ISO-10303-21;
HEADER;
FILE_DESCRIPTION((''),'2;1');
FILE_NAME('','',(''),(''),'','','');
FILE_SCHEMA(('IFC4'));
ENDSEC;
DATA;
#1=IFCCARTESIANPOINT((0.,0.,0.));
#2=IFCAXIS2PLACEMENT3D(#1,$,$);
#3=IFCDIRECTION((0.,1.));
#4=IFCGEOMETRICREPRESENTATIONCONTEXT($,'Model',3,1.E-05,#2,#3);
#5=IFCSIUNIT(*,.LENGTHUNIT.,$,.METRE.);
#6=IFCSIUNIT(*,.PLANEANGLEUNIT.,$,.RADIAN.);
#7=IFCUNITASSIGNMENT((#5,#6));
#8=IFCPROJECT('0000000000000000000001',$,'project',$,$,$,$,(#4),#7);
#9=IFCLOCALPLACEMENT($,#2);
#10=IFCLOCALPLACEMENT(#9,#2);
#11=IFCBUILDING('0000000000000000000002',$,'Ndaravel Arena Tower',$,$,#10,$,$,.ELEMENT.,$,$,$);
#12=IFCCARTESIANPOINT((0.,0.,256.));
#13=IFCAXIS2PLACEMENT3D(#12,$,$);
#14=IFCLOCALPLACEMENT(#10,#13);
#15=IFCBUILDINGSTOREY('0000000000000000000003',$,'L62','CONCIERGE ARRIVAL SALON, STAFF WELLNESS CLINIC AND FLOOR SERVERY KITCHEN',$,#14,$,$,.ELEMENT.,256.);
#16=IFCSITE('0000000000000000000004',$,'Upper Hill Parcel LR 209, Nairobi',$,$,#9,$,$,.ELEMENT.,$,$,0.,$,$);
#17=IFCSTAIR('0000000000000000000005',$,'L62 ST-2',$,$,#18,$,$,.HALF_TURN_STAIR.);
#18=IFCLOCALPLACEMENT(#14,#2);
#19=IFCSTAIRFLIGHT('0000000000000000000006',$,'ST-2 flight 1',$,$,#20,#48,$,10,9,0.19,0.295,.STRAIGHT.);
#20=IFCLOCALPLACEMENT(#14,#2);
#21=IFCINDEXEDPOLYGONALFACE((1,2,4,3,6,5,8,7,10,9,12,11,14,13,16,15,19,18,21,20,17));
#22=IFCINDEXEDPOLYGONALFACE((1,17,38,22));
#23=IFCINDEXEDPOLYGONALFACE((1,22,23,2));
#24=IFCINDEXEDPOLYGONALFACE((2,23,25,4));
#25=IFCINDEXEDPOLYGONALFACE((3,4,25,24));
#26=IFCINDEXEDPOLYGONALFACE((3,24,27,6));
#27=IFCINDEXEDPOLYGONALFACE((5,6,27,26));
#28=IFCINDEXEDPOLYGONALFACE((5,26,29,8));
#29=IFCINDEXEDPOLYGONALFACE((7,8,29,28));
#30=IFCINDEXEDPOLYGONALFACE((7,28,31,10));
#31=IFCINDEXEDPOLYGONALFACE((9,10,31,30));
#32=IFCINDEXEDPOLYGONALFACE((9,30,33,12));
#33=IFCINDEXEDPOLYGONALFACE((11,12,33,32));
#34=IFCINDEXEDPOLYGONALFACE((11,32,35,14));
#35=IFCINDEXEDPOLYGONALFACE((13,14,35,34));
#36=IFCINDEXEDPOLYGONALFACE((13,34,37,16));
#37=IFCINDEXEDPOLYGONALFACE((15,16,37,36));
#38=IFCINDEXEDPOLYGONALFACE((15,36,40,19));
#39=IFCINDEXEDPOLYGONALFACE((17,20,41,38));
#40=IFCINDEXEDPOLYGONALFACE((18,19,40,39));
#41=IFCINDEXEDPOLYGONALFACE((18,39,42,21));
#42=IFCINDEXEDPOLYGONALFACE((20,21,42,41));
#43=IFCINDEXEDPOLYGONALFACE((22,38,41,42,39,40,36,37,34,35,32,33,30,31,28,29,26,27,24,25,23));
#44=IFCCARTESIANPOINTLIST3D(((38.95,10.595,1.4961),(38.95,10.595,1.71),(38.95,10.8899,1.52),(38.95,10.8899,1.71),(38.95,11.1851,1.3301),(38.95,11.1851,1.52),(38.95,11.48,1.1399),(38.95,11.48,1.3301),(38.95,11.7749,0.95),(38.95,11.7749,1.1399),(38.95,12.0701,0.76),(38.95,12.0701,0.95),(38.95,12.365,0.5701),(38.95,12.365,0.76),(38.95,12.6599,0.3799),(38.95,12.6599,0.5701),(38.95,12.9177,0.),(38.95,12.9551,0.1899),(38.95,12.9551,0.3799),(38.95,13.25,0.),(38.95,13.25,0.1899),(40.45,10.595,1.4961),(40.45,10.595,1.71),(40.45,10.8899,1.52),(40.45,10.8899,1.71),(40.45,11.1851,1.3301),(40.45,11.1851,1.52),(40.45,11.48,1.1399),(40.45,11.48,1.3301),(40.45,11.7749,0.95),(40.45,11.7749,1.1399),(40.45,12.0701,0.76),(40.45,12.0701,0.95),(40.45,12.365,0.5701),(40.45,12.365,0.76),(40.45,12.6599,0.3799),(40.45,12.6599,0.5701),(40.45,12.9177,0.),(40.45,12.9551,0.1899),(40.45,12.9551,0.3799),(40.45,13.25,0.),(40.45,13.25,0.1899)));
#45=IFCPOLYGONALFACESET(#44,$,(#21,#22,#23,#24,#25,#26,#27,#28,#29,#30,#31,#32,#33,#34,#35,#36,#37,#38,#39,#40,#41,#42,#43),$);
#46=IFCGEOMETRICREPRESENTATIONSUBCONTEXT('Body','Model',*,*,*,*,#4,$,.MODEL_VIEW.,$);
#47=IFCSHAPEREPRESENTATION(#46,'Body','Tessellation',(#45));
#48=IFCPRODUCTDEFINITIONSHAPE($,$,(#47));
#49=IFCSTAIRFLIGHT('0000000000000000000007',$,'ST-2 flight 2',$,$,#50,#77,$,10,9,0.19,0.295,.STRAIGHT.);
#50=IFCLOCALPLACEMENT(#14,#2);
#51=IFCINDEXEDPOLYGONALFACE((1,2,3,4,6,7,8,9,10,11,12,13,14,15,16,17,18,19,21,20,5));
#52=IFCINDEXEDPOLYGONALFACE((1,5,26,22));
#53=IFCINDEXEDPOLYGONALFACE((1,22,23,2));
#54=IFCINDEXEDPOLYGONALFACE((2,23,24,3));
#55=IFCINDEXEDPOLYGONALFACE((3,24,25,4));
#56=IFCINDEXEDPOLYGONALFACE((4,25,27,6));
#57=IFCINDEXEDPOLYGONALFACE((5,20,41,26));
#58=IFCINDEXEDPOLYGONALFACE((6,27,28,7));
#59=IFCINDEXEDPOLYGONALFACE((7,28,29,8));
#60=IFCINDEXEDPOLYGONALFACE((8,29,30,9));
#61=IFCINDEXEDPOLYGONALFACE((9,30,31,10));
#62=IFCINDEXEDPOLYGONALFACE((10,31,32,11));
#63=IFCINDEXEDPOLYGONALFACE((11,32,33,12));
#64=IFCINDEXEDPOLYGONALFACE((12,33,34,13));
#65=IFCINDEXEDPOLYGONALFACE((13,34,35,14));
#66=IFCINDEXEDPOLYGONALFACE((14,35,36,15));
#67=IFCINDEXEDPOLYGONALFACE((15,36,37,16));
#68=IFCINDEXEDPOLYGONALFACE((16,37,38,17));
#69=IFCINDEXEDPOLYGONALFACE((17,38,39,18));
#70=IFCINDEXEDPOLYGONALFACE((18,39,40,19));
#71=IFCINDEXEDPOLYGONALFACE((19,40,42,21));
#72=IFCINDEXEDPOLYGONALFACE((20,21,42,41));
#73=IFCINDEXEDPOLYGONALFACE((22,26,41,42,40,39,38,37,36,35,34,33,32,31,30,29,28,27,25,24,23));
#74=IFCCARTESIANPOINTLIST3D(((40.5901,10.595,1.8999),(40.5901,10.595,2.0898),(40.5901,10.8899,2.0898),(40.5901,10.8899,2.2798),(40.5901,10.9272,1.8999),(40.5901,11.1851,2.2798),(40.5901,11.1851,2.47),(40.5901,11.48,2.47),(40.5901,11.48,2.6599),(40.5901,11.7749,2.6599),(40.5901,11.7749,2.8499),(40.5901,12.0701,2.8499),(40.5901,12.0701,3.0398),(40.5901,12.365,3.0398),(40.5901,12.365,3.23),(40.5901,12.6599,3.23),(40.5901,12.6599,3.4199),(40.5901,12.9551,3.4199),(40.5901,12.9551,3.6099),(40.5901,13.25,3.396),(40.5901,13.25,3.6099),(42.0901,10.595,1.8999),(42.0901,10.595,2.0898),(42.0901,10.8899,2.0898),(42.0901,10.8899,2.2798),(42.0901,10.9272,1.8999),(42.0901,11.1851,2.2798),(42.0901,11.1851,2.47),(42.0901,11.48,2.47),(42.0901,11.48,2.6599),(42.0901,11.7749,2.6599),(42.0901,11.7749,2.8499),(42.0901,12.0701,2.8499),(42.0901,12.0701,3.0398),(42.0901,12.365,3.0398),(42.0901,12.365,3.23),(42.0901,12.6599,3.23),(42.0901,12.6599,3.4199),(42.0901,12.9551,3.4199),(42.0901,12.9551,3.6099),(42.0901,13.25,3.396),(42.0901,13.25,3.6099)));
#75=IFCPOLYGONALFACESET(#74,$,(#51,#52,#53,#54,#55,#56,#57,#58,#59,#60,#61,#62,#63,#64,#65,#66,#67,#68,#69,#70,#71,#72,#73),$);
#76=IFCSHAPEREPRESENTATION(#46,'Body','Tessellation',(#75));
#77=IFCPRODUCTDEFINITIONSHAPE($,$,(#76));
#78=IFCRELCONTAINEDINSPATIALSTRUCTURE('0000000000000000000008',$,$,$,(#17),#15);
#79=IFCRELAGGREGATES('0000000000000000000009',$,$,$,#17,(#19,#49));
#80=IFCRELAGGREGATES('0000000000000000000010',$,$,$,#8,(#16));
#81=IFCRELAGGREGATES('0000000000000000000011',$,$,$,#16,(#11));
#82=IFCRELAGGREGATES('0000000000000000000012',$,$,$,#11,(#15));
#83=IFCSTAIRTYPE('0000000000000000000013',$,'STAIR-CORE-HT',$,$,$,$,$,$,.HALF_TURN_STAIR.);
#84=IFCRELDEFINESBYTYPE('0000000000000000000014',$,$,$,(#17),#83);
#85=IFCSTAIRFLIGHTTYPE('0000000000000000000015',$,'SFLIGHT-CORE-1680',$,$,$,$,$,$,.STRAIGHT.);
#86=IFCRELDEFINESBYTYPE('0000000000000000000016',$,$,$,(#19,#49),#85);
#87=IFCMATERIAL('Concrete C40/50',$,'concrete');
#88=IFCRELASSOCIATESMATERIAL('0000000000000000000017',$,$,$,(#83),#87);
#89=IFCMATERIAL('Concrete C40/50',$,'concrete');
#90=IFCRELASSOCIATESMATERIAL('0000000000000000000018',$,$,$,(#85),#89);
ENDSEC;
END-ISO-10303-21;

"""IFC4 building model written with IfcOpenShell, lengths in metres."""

from ifc_helpers import new_model, si_unit, direction, frame, origin, place, context, subcontext, project, spatial, polyline, outline, extrude, material, type_object, element, aggregate, save


model = new_model("IFC4")

# Units and contexts
model_context = context("Model", 3, precision=1e-05, world=origin(), true_north=direction((0.0, 1.0)))
body_context = subcontext(model_context, "Body", "Model", "MODEL_VIEW")
ifc_project = project(units=[si_unit("LENGTHUNIT", "METRE"), si_unit("PLANEANGLEUNIT", "RADIAN")], contexts=[model_context])

# Site, building, storey
site_placement = place(None, origin())
site = spatial("IfcSite", under=ifc_project, at=site_placement, Name="Upper Hill Parcel LR 209, Nairobi", CompositionType="ELEMENT", RefElevation=0.0)
building_placement = place(site_placement, origin())
building = spatial("IfcBuilding", under=site, at=building_placement, Name="Ndaravel Arena Tower", CompositionType="ELEMENT")
storey_placement = place(building_placement, frame((0.0, 0.0, 256.0)))
storey = spatial("IfcBuildingStorey", under=building, at=storey_placement, Name="L62", Description="CONCIERGE ARRIVAL SALON, STAFF WELLNESS CLINIC AND FLOOR SERVERY KITCHEN", CompositionType="ELEMENT", Elevation=256.0)

# Stair, stair flights
ifc_material_1 = material(Name="Concrete C40/50", Category="concrete")
stair_type = type_object("IfcStairType", Name="STAIR-CORE-HT", PredefinedType="HALF_TURN_STAIR", material=ifc_material_1)
ifc_material_2 = material(Name="Concrete C40/50", Category="concrete")
stair_flight_type = type_object("IfcStairFlightType", Name="SFLIGHT-CORE-1680", PredefinedType="STRAIGHT", material=ifc_material_2)
stair_1_placement = place(storey_placement, origin())
stair_1 = element("IfcStair", 1, at=stair_1_placement, inside=storey, type_object=stair_type, Name="L62 ST-2", PredefinedType="HALF_TURN_STAIR")
stair_flight_1_placement = place(storey_placement, frame((39.7, 13.25, 0.0), z_axis=(0.0, 0.0, 1.0), x_axis=(0.0, -1.0, 0.0)))
stair_flight_1 = element("IfcStairFlight", 2, at=stair_flight_1_placement, type_object=stair_flight_type, Name="ST-2 flight 1", NumberOfRisers=10, NumberOfTreads=9, PredefinedType="STRAIGHT", RiserHeight=0.19, TreadLength=0.295, context=body_context, shape_type="SweptSolid", body=[
    extrude(outline(polyline([(0.0, 0.0), (0.0, 0.1899), (0.2949, 0.1899), (0.2949, 0.3799), (0.5901, 0.3799), (0.5901, 0.5701), (0.885, 0.5701), (0.885, 0.76), (1.1799, 0.76), (1.1799, 0.95), (1.4751, 0.95), (1.4751, 1.1399), (1.77, 1.1399), (1.77, 1.3301), (2.0649, 1.3301), (2.0649, 1.52), (2.3601, 1.52), (2.3601, 1.71), (2.655, 1.71), (2.655, 1.8999), (2.655, 1.4961), (0.3323, 0.0), (0.0, 0.0)])), frame((0.0, 0.75, 0.0), z_axis=(0.0, -1.0, 0.0), x_axis=(1.0, 0.0, 0.0)), (0.0, 0.0, 1.0), 1.5),
])
stair_flight_2_placement = place(storey_placement, frame((41.3401, 10.595, 1.8999), z_axis=(0.0, 0.0, 1.0), x_axis=(0.0, 1.0, 0.0)))
stair_flight_2 = element("IfcStairFlight", 3, at=stair_flight_2_placement, type_object=stair_flight_type, Name="ST-2 flight 2", NumberOfRisers=10, NumberOfTreads=9, PredefinedType="STRAIGHT", RiserHeight=0.19, TreadLength=0.295, context=body_context, shape_type="SweptSolid", body=[
    extrude(outline(polyline([(0.0, 0.0), (0.0, 0.1899), (0.2949, 0.1899), (0.2949, 0.3799), (0.5901, 0.3799), (0.5901, 0.5701), (0.885, 0.5701), (0.885, 0.76), (1.1799, 0.76), (1.1799, 0.95), (1.4751, 0.95), (1.4751, 1.1399), (1.77, 1.1399), (1.77, 1.3301), (2.0649, 1.3301), (2.0649, 1.52), (2.3601, 1.52), (2.3601, 1.71), (2.655, 1.71), (2.655, 1.8999), (2.655, 1.4961), (0.3323, 0.0), (0.0, 0.0)])), frame((0.0, 0.75, 0.0), z_axis=(0.0, -1.0, 0.0), x_axis=(1.0, 0.0, 0.0)), (0.0, 0.0, 1.0), 1.5),
])
aggregate(stair_1, [stair_flight_1, stair_flight_2])

save(model, "model.ifc")
